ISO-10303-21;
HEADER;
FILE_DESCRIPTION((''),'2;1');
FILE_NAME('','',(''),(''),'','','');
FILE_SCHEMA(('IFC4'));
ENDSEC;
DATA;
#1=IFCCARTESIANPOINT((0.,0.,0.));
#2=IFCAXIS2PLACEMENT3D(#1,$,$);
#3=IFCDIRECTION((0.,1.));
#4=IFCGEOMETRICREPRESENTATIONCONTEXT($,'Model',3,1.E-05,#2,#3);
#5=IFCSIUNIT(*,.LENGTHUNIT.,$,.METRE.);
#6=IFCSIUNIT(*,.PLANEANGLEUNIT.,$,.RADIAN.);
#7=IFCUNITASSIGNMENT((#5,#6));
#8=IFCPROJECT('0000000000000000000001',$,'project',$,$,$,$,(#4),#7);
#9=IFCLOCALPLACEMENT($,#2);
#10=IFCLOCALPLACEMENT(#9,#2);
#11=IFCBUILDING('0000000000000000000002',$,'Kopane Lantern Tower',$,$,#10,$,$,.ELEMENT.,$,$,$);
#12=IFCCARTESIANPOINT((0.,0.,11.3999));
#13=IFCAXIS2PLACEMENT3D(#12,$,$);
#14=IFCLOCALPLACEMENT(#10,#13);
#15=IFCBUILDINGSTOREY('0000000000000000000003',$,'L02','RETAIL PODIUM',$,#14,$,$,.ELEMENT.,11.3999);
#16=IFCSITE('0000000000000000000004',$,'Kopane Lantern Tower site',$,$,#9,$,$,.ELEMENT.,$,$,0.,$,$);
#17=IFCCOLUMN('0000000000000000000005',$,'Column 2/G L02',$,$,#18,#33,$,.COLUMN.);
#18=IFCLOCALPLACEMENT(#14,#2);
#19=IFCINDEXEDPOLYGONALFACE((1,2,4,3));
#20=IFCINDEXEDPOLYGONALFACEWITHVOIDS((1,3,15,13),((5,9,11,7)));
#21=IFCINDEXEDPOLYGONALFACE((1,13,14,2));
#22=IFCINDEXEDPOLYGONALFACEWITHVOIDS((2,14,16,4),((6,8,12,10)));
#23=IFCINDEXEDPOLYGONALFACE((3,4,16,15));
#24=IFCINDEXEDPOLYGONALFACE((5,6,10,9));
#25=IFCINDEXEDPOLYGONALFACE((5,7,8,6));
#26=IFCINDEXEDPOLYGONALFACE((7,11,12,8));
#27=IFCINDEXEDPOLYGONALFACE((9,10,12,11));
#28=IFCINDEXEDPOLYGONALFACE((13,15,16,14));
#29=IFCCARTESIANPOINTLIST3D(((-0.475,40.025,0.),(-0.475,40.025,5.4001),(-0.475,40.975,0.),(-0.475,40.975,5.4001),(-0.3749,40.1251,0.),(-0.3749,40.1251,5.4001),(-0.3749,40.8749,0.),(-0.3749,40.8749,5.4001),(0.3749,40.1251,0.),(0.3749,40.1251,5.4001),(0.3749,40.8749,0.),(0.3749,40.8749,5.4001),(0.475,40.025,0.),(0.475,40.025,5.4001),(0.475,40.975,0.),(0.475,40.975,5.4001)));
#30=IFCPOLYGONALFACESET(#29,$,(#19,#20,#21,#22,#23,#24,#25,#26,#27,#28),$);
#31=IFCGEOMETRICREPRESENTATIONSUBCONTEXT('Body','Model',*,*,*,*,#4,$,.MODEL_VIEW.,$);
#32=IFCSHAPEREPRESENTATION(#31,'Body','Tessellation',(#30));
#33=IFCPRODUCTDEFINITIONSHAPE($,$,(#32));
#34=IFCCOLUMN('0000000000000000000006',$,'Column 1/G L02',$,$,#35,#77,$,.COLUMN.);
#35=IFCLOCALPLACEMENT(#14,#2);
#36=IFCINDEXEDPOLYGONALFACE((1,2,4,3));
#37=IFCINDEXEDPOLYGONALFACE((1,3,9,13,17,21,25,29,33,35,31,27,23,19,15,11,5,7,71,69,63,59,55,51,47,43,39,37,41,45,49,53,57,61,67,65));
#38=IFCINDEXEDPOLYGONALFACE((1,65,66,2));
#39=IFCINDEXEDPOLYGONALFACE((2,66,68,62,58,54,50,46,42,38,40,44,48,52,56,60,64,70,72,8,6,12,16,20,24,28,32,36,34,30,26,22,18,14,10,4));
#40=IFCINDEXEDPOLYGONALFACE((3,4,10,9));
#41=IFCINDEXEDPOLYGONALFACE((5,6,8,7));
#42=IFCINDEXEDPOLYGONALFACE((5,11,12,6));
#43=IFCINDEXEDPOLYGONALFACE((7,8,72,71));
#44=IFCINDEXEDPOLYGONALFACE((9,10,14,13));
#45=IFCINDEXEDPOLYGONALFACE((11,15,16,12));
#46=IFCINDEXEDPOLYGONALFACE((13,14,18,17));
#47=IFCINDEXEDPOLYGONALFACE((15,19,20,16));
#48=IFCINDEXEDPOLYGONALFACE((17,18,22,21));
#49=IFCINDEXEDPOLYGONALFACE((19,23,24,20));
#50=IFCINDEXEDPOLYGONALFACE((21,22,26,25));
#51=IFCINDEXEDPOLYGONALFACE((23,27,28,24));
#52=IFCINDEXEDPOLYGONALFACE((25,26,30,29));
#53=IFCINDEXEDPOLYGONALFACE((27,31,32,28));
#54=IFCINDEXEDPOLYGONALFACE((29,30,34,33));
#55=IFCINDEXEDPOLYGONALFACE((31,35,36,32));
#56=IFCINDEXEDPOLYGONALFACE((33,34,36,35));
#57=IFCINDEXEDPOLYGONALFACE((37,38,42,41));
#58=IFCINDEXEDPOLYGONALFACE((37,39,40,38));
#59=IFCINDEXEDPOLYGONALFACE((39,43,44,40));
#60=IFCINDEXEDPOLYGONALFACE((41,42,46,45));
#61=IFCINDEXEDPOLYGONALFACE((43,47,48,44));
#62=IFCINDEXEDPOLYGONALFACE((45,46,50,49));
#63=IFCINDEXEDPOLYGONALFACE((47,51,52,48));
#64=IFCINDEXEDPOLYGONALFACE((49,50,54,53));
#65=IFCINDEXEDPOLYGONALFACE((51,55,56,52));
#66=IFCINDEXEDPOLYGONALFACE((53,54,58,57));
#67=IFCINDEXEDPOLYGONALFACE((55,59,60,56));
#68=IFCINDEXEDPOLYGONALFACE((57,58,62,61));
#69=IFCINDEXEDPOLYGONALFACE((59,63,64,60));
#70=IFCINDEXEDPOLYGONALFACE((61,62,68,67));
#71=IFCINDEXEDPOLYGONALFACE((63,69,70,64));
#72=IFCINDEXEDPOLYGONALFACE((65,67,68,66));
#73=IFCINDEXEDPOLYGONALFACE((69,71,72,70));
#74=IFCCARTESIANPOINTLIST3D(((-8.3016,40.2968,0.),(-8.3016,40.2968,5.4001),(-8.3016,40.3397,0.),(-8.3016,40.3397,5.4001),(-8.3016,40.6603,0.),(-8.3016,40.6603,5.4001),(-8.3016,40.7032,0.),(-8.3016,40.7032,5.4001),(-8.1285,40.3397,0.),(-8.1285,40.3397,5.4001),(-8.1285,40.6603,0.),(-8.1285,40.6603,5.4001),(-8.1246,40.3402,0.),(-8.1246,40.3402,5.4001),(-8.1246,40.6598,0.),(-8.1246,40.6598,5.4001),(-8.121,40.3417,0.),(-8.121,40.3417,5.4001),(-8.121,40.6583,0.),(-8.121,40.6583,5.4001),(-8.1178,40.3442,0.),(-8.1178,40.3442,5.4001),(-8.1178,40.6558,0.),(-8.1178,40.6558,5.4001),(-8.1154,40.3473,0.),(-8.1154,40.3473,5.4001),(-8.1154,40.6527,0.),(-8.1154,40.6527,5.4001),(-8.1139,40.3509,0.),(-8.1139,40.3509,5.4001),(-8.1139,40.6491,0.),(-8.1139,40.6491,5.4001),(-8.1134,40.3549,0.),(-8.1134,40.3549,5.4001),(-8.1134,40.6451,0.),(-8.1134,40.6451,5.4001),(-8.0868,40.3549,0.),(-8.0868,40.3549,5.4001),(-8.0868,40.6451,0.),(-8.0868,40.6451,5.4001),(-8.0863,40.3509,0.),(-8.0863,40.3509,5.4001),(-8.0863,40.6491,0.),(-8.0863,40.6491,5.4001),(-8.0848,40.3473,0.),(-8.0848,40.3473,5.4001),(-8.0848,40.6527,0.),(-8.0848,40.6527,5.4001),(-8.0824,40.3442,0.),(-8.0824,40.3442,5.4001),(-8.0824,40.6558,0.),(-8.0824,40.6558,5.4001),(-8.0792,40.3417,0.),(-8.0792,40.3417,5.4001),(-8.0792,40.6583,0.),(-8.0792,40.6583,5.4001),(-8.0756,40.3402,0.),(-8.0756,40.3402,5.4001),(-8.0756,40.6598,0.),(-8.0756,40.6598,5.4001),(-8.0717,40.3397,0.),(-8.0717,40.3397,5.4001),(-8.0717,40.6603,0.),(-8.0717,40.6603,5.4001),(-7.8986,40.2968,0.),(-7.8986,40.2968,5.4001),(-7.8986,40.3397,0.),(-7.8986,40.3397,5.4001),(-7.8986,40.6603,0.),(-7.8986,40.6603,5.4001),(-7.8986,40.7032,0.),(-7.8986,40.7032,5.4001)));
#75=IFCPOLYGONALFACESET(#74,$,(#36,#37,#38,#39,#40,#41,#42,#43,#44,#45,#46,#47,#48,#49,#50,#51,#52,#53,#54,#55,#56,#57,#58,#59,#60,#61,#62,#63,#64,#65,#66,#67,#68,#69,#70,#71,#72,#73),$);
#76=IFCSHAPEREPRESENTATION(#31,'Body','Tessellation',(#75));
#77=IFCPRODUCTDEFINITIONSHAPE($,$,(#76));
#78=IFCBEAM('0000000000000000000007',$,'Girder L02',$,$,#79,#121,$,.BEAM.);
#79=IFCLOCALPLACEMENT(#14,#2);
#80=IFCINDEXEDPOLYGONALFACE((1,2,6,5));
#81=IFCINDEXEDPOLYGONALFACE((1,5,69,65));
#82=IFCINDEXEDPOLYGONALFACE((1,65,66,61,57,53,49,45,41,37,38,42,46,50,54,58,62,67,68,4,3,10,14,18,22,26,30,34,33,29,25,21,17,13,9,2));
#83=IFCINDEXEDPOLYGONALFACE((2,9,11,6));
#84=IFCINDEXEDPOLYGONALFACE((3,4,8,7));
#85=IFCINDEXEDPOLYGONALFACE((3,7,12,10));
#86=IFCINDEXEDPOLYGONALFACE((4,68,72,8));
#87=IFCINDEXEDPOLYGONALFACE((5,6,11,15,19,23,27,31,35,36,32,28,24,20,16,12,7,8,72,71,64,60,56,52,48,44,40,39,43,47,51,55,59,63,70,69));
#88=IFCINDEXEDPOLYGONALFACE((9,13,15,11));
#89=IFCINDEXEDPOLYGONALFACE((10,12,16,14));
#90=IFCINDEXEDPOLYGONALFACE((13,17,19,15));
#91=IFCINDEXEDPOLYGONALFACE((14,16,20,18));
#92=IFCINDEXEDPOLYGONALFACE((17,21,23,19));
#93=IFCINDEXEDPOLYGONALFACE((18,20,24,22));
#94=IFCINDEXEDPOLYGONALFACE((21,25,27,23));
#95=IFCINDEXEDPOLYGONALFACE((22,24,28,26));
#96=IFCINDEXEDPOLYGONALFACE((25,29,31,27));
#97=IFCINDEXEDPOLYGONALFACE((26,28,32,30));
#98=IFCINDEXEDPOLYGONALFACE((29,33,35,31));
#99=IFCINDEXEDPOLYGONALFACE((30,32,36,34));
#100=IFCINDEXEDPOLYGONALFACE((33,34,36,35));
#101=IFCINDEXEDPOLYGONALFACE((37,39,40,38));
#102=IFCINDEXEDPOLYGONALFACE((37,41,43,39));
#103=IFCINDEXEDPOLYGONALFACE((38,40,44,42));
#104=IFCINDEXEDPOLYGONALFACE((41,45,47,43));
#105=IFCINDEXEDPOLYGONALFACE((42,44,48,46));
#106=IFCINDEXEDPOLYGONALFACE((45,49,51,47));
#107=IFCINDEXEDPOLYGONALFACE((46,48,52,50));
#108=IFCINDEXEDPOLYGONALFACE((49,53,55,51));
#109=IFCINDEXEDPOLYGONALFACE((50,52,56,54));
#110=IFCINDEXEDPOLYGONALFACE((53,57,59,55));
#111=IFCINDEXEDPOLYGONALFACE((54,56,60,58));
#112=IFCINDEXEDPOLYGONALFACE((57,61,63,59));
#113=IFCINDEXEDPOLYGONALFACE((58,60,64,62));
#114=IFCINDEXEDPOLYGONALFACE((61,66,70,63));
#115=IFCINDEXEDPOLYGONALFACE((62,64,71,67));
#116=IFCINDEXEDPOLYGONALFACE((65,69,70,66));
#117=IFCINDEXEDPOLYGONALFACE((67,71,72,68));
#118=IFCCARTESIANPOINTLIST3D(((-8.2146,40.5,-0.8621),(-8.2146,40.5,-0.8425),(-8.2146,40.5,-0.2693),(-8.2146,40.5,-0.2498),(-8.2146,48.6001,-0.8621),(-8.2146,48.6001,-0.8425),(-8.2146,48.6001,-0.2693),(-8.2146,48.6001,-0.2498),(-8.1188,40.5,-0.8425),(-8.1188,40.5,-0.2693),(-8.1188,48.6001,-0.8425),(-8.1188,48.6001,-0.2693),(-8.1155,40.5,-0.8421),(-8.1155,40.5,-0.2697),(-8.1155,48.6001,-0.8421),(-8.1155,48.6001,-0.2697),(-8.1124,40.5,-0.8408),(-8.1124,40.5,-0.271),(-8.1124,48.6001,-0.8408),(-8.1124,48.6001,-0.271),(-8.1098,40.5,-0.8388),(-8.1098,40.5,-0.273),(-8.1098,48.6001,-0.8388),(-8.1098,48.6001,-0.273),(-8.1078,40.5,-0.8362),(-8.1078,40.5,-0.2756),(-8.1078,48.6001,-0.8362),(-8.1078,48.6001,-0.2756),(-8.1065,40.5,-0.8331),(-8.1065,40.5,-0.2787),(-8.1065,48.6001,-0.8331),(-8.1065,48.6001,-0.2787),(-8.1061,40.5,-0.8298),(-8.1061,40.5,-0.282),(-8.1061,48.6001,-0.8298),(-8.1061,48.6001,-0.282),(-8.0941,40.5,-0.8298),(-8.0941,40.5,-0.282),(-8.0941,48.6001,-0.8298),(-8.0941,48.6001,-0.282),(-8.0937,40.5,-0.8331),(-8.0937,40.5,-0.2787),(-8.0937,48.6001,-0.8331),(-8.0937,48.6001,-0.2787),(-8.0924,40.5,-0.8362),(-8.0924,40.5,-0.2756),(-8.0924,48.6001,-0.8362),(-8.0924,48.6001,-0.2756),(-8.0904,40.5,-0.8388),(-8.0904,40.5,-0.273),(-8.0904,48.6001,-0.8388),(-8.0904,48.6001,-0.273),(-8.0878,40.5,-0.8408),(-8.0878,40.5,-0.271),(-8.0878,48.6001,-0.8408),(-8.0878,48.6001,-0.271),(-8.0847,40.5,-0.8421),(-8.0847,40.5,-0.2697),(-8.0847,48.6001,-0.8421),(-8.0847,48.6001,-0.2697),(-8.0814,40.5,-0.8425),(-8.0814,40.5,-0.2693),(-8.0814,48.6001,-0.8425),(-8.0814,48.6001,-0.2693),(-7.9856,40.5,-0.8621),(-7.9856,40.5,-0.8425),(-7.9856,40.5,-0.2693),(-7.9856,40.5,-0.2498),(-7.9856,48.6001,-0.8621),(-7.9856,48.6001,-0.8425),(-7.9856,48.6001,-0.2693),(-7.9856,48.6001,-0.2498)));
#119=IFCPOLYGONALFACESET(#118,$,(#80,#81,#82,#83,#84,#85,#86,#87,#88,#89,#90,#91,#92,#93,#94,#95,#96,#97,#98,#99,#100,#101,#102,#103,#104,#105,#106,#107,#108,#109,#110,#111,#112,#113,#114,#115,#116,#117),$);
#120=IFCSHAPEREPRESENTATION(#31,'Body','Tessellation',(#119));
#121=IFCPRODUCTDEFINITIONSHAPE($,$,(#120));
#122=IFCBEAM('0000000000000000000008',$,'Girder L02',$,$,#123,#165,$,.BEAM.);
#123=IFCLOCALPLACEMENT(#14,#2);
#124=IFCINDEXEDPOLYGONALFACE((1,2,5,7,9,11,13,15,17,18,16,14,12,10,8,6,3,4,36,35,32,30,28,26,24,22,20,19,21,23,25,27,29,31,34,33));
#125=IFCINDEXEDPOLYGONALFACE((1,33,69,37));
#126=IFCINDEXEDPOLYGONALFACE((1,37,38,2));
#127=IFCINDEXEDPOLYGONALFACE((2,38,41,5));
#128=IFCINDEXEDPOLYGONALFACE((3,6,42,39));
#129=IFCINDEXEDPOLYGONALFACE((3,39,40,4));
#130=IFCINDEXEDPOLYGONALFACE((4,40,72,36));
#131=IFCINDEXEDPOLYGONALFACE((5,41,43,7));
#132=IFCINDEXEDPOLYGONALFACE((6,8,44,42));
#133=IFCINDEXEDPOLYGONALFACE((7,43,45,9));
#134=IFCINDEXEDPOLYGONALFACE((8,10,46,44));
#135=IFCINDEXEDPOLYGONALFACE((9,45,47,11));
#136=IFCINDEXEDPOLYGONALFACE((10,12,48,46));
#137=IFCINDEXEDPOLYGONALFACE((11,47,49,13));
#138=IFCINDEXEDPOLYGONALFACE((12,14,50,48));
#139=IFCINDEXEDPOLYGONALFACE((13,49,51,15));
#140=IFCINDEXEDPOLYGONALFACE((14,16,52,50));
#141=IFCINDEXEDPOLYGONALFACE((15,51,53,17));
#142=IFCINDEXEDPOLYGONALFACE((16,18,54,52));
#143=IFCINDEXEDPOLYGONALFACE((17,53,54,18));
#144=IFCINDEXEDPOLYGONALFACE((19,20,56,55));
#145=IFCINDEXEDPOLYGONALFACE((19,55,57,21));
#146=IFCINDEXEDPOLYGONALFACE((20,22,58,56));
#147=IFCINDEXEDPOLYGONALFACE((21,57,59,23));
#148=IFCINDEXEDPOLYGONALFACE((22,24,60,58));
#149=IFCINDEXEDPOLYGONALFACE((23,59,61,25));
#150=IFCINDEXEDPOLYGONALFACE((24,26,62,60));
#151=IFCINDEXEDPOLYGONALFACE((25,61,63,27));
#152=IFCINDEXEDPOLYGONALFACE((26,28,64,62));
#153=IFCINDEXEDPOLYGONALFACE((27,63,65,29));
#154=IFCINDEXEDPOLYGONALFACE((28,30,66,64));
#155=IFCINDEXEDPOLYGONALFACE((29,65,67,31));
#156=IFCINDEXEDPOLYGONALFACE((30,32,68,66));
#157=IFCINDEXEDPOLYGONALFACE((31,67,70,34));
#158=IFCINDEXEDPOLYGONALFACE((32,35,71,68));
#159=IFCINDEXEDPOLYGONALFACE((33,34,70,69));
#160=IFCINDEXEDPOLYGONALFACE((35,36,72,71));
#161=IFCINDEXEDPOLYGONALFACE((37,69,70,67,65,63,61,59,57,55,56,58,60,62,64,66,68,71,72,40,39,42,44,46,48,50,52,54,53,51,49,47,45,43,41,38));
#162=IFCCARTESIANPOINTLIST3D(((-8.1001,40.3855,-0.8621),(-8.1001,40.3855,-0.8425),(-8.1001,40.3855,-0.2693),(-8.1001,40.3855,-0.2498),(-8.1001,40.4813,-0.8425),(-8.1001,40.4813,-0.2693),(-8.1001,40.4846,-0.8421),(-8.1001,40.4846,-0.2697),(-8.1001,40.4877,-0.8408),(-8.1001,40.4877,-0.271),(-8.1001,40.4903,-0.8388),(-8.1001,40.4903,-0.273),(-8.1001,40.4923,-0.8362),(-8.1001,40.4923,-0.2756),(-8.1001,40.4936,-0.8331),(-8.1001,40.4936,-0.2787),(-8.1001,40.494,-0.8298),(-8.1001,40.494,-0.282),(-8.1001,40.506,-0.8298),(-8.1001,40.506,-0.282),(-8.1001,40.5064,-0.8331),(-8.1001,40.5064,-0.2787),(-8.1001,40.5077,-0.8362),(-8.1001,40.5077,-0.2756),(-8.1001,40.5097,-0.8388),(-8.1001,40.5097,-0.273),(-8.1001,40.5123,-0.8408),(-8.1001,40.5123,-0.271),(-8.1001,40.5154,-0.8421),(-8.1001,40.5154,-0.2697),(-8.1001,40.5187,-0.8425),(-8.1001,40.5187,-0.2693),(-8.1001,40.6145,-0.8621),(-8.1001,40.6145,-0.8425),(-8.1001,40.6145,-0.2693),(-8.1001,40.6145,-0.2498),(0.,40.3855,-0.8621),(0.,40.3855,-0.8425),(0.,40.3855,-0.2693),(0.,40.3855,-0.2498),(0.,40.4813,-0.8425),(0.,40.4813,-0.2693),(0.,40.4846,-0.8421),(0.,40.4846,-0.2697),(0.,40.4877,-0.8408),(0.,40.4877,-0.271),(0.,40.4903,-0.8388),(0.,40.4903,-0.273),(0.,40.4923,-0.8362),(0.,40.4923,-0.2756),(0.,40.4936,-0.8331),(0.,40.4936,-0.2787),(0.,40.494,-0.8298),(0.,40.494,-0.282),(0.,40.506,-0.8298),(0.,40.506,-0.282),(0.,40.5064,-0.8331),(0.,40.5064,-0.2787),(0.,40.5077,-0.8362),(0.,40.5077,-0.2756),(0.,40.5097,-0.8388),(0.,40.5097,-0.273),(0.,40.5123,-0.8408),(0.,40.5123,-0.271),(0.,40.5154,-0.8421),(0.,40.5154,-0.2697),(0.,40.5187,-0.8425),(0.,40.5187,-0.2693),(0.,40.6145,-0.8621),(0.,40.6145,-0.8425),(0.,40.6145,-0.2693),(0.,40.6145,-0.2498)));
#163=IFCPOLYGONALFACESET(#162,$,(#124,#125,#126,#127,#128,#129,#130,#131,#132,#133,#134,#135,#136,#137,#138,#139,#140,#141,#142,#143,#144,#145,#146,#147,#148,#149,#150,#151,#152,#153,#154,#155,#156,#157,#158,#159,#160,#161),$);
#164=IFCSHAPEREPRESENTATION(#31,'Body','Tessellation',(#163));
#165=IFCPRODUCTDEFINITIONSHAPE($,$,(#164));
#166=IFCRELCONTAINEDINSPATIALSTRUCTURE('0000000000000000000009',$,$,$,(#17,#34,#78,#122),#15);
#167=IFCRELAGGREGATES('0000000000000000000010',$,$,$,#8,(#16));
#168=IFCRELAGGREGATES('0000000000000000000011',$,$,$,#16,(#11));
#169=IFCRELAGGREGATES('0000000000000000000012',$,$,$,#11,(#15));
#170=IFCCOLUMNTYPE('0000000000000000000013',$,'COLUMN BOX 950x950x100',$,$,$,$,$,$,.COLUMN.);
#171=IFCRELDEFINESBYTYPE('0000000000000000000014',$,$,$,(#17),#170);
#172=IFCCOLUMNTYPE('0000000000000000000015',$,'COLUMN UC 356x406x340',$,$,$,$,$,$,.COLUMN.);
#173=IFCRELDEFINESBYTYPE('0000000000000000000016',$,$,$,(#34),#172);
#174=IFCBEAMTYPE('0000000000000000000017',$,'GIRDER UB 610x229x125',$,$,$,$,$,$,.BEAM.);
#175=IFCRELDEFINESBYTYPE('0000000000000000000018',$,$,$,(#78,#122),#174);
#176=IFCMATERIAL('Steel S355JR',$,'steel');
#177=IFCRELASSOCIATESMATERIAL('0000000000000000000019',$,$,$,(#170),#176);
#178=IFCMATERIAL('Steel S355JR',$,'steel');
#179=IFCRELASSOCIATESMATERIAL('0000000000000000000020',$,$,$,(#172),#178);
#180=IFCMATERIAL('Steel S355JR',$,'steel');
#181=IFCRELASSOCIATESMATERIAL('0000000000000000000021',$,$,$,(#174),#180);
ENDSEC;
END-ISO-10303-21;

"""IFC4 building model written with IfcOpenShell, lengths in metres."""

from ifc_helpers import new_model, si_unit, direction, frame, origin, origin_2d, place, context, subcontext, project, spatial, hollow_rectangle, i_section, extrude, material, material_profile, profile_set, type_object, element, save


model = new_model("IFC4")

# Units and contexts
model_context = context("Model", 3, precision=1e-05, world=origin(), true_north=direction((0.0, 1.0)))
body_context = subcontext(model_context, "Body", "Model", "MODEL_VIEW")
ifc_project = project(units=[si_unit("LENGTHUNIT", "METRE"), si_unit("PLANEANGLEUNIT", "RADIAN")], contexts=[model_context])

# Site, building, storey
site_placement = place(None, origin())
site = spatial("IfcSite", under=ifc_project, at=site_placement, Name="Kopane Lantern Tower site", CompositionType="ELEMENT", RefElevation=0.0)
building_placement = place(site_placement, origin())
building = spatial("IfcBuilding", under=site, at=building_placement, Name="Kopane Lantern Tower", CompositionType="ELEMENT")
storey_placement = place(building_placement, frame((0.0, 0.0, 11.3999)))
storey = spatial("IfcBuildingStorey", under=building, at=storey_placement, Name="L02", Description="RETAIL PODIUM", CompositionType="ELEMENT", Elevation=11.3999)

# Columns
ifc_material_1 = material(Name="Steel S355JR", Category="steel")
ifc_material_profile_1 = material_profile(ifc_material_1, hollow_rectangle(XDim=0.95, YDim=0.95, WallThickness=0.1001, at=origin_2d()), Name="BOX 950x950x100")
ifc_profile_set_1 = profile_set([ifc_material_profile_1], Name="Steel S355JR")
column_type_1 = type_object("IfcColumnType", Name="COLUMN BOX 950x950x100", PredefinedType="COLUMN", material=ifc_profile_set_1)
column_1_placement = place(storey_placement, frame((0.0, 40.5, 0.0), z_axis=(0.0, 0.0, 1.0), x_axis=(1.0, 0.0, 0.0)))
element("IfcColumn", 1, at=column_1_placement, inside=storey, type_object=column_type_1, Name="Column 2/G L02", PredefinedType="COLUMN", context=body_context, shape_type="SweptSolid", body=[
    extrude(hollow_rectangle(XDim=0.95, YDim=0.95, WallThickness=0.1001, at=origin_2d()), origin(), (0.0, 0.0, 1.0), 5.4001),
])
ifc_material_2 = material(Name="Steel S355JR", Category="steel")
ifc_material_profile_2 = material_profile(ifc_material_2, i_section(OverallWidth=0.4031, OverallDepth=0.4065, WebThickness=0.0266, FlangeThickness=0.043, FilletRadius=0.0151, at=origin_2d()), Name="UC 356x406x340")
ifc_profile_set_2 = profile_set([ifc_material_profile_2], Name="Steel S355JR")
column_type_2 = type_object("IfcColumnType", Name="COLUMN UC 356x406x340", PredefinedType="COLUMN", material=ifc_profile_set_2)
column_2_placement = place(storey_placement, frame((-8.1001, 40.5, 0.0), z_axis=(0.0, 0.0, 1.0), x_axis=(1.0, 0.0, 0.0)))
element("IfcColumn", 2, at=column_2_placement, inside=storey, type_object=column_type_2, Name="Column 1/G L02", PredefinedType="COLUMN", context=body_context, shape_type="SweptSolid", body=[
    extrude(i_section(OverallWidth=0.4031, OverallDepth=0.4065, WebThickness=0.0266, FlangeThickness=0.043, FilletRadius=0.0151, at=origin_2d()), origin(), (0.0, 0.0, 1.0), 5.4001),
])

# Beams
ifc_material_3 = material(Name="Steel S355JR", Category="steel")
ifc_material_profile_3 = material_profile(ifc_material_3, i_section(OverallWidth=0.229, OverallDepth=0.6123, WebThickness=0.012, FlangeThickness=0.0195, FilletRadius=0.0127, at=origin_2d()), Name="UB 610x229x125")
ifc_profile_set_3 = profile_set([ifc_material_profile_3], Name="Steel S355JR")
beam_type = type_object("IfcBeamType", Name="GIRDER UB 610x229x125", PredefinedType="BEAM", material=ifc_profile_set_3)
for number, where, z_axis, x_axis, name in (
    (3, (-8.1001, 40.5, -0.5559), (0.0, 1.0, 0.0), (-1.0, 0.0, 0.0), "Girder L02"),
    (4, (-8.1001, 40.5, -0.5559), (1.0, 0.0, 0.0), (0.0, 1.0, 0.0), "Girder L02"),
):
    element("IfcBeam", number, at=place(storey_placement, frame(where, z_axis=z_axis, x_axis=x_axis)), inside=storey, type_object=beam_type, Name=name, PredefinedType="BEAM", context=body_context, shape_type="SweptSolid", body=[
        extrude(i_section(OverallWidth=0.229, OverallDepth=0.6123, WebThickness=0.012, FlangeThickness=0.0195, FilletRadius=0.0127, at=origin_2d()), origin(), (0.0, 0.0, 1.0), 8.1001),
    ])

save(model, "model.ifc")
